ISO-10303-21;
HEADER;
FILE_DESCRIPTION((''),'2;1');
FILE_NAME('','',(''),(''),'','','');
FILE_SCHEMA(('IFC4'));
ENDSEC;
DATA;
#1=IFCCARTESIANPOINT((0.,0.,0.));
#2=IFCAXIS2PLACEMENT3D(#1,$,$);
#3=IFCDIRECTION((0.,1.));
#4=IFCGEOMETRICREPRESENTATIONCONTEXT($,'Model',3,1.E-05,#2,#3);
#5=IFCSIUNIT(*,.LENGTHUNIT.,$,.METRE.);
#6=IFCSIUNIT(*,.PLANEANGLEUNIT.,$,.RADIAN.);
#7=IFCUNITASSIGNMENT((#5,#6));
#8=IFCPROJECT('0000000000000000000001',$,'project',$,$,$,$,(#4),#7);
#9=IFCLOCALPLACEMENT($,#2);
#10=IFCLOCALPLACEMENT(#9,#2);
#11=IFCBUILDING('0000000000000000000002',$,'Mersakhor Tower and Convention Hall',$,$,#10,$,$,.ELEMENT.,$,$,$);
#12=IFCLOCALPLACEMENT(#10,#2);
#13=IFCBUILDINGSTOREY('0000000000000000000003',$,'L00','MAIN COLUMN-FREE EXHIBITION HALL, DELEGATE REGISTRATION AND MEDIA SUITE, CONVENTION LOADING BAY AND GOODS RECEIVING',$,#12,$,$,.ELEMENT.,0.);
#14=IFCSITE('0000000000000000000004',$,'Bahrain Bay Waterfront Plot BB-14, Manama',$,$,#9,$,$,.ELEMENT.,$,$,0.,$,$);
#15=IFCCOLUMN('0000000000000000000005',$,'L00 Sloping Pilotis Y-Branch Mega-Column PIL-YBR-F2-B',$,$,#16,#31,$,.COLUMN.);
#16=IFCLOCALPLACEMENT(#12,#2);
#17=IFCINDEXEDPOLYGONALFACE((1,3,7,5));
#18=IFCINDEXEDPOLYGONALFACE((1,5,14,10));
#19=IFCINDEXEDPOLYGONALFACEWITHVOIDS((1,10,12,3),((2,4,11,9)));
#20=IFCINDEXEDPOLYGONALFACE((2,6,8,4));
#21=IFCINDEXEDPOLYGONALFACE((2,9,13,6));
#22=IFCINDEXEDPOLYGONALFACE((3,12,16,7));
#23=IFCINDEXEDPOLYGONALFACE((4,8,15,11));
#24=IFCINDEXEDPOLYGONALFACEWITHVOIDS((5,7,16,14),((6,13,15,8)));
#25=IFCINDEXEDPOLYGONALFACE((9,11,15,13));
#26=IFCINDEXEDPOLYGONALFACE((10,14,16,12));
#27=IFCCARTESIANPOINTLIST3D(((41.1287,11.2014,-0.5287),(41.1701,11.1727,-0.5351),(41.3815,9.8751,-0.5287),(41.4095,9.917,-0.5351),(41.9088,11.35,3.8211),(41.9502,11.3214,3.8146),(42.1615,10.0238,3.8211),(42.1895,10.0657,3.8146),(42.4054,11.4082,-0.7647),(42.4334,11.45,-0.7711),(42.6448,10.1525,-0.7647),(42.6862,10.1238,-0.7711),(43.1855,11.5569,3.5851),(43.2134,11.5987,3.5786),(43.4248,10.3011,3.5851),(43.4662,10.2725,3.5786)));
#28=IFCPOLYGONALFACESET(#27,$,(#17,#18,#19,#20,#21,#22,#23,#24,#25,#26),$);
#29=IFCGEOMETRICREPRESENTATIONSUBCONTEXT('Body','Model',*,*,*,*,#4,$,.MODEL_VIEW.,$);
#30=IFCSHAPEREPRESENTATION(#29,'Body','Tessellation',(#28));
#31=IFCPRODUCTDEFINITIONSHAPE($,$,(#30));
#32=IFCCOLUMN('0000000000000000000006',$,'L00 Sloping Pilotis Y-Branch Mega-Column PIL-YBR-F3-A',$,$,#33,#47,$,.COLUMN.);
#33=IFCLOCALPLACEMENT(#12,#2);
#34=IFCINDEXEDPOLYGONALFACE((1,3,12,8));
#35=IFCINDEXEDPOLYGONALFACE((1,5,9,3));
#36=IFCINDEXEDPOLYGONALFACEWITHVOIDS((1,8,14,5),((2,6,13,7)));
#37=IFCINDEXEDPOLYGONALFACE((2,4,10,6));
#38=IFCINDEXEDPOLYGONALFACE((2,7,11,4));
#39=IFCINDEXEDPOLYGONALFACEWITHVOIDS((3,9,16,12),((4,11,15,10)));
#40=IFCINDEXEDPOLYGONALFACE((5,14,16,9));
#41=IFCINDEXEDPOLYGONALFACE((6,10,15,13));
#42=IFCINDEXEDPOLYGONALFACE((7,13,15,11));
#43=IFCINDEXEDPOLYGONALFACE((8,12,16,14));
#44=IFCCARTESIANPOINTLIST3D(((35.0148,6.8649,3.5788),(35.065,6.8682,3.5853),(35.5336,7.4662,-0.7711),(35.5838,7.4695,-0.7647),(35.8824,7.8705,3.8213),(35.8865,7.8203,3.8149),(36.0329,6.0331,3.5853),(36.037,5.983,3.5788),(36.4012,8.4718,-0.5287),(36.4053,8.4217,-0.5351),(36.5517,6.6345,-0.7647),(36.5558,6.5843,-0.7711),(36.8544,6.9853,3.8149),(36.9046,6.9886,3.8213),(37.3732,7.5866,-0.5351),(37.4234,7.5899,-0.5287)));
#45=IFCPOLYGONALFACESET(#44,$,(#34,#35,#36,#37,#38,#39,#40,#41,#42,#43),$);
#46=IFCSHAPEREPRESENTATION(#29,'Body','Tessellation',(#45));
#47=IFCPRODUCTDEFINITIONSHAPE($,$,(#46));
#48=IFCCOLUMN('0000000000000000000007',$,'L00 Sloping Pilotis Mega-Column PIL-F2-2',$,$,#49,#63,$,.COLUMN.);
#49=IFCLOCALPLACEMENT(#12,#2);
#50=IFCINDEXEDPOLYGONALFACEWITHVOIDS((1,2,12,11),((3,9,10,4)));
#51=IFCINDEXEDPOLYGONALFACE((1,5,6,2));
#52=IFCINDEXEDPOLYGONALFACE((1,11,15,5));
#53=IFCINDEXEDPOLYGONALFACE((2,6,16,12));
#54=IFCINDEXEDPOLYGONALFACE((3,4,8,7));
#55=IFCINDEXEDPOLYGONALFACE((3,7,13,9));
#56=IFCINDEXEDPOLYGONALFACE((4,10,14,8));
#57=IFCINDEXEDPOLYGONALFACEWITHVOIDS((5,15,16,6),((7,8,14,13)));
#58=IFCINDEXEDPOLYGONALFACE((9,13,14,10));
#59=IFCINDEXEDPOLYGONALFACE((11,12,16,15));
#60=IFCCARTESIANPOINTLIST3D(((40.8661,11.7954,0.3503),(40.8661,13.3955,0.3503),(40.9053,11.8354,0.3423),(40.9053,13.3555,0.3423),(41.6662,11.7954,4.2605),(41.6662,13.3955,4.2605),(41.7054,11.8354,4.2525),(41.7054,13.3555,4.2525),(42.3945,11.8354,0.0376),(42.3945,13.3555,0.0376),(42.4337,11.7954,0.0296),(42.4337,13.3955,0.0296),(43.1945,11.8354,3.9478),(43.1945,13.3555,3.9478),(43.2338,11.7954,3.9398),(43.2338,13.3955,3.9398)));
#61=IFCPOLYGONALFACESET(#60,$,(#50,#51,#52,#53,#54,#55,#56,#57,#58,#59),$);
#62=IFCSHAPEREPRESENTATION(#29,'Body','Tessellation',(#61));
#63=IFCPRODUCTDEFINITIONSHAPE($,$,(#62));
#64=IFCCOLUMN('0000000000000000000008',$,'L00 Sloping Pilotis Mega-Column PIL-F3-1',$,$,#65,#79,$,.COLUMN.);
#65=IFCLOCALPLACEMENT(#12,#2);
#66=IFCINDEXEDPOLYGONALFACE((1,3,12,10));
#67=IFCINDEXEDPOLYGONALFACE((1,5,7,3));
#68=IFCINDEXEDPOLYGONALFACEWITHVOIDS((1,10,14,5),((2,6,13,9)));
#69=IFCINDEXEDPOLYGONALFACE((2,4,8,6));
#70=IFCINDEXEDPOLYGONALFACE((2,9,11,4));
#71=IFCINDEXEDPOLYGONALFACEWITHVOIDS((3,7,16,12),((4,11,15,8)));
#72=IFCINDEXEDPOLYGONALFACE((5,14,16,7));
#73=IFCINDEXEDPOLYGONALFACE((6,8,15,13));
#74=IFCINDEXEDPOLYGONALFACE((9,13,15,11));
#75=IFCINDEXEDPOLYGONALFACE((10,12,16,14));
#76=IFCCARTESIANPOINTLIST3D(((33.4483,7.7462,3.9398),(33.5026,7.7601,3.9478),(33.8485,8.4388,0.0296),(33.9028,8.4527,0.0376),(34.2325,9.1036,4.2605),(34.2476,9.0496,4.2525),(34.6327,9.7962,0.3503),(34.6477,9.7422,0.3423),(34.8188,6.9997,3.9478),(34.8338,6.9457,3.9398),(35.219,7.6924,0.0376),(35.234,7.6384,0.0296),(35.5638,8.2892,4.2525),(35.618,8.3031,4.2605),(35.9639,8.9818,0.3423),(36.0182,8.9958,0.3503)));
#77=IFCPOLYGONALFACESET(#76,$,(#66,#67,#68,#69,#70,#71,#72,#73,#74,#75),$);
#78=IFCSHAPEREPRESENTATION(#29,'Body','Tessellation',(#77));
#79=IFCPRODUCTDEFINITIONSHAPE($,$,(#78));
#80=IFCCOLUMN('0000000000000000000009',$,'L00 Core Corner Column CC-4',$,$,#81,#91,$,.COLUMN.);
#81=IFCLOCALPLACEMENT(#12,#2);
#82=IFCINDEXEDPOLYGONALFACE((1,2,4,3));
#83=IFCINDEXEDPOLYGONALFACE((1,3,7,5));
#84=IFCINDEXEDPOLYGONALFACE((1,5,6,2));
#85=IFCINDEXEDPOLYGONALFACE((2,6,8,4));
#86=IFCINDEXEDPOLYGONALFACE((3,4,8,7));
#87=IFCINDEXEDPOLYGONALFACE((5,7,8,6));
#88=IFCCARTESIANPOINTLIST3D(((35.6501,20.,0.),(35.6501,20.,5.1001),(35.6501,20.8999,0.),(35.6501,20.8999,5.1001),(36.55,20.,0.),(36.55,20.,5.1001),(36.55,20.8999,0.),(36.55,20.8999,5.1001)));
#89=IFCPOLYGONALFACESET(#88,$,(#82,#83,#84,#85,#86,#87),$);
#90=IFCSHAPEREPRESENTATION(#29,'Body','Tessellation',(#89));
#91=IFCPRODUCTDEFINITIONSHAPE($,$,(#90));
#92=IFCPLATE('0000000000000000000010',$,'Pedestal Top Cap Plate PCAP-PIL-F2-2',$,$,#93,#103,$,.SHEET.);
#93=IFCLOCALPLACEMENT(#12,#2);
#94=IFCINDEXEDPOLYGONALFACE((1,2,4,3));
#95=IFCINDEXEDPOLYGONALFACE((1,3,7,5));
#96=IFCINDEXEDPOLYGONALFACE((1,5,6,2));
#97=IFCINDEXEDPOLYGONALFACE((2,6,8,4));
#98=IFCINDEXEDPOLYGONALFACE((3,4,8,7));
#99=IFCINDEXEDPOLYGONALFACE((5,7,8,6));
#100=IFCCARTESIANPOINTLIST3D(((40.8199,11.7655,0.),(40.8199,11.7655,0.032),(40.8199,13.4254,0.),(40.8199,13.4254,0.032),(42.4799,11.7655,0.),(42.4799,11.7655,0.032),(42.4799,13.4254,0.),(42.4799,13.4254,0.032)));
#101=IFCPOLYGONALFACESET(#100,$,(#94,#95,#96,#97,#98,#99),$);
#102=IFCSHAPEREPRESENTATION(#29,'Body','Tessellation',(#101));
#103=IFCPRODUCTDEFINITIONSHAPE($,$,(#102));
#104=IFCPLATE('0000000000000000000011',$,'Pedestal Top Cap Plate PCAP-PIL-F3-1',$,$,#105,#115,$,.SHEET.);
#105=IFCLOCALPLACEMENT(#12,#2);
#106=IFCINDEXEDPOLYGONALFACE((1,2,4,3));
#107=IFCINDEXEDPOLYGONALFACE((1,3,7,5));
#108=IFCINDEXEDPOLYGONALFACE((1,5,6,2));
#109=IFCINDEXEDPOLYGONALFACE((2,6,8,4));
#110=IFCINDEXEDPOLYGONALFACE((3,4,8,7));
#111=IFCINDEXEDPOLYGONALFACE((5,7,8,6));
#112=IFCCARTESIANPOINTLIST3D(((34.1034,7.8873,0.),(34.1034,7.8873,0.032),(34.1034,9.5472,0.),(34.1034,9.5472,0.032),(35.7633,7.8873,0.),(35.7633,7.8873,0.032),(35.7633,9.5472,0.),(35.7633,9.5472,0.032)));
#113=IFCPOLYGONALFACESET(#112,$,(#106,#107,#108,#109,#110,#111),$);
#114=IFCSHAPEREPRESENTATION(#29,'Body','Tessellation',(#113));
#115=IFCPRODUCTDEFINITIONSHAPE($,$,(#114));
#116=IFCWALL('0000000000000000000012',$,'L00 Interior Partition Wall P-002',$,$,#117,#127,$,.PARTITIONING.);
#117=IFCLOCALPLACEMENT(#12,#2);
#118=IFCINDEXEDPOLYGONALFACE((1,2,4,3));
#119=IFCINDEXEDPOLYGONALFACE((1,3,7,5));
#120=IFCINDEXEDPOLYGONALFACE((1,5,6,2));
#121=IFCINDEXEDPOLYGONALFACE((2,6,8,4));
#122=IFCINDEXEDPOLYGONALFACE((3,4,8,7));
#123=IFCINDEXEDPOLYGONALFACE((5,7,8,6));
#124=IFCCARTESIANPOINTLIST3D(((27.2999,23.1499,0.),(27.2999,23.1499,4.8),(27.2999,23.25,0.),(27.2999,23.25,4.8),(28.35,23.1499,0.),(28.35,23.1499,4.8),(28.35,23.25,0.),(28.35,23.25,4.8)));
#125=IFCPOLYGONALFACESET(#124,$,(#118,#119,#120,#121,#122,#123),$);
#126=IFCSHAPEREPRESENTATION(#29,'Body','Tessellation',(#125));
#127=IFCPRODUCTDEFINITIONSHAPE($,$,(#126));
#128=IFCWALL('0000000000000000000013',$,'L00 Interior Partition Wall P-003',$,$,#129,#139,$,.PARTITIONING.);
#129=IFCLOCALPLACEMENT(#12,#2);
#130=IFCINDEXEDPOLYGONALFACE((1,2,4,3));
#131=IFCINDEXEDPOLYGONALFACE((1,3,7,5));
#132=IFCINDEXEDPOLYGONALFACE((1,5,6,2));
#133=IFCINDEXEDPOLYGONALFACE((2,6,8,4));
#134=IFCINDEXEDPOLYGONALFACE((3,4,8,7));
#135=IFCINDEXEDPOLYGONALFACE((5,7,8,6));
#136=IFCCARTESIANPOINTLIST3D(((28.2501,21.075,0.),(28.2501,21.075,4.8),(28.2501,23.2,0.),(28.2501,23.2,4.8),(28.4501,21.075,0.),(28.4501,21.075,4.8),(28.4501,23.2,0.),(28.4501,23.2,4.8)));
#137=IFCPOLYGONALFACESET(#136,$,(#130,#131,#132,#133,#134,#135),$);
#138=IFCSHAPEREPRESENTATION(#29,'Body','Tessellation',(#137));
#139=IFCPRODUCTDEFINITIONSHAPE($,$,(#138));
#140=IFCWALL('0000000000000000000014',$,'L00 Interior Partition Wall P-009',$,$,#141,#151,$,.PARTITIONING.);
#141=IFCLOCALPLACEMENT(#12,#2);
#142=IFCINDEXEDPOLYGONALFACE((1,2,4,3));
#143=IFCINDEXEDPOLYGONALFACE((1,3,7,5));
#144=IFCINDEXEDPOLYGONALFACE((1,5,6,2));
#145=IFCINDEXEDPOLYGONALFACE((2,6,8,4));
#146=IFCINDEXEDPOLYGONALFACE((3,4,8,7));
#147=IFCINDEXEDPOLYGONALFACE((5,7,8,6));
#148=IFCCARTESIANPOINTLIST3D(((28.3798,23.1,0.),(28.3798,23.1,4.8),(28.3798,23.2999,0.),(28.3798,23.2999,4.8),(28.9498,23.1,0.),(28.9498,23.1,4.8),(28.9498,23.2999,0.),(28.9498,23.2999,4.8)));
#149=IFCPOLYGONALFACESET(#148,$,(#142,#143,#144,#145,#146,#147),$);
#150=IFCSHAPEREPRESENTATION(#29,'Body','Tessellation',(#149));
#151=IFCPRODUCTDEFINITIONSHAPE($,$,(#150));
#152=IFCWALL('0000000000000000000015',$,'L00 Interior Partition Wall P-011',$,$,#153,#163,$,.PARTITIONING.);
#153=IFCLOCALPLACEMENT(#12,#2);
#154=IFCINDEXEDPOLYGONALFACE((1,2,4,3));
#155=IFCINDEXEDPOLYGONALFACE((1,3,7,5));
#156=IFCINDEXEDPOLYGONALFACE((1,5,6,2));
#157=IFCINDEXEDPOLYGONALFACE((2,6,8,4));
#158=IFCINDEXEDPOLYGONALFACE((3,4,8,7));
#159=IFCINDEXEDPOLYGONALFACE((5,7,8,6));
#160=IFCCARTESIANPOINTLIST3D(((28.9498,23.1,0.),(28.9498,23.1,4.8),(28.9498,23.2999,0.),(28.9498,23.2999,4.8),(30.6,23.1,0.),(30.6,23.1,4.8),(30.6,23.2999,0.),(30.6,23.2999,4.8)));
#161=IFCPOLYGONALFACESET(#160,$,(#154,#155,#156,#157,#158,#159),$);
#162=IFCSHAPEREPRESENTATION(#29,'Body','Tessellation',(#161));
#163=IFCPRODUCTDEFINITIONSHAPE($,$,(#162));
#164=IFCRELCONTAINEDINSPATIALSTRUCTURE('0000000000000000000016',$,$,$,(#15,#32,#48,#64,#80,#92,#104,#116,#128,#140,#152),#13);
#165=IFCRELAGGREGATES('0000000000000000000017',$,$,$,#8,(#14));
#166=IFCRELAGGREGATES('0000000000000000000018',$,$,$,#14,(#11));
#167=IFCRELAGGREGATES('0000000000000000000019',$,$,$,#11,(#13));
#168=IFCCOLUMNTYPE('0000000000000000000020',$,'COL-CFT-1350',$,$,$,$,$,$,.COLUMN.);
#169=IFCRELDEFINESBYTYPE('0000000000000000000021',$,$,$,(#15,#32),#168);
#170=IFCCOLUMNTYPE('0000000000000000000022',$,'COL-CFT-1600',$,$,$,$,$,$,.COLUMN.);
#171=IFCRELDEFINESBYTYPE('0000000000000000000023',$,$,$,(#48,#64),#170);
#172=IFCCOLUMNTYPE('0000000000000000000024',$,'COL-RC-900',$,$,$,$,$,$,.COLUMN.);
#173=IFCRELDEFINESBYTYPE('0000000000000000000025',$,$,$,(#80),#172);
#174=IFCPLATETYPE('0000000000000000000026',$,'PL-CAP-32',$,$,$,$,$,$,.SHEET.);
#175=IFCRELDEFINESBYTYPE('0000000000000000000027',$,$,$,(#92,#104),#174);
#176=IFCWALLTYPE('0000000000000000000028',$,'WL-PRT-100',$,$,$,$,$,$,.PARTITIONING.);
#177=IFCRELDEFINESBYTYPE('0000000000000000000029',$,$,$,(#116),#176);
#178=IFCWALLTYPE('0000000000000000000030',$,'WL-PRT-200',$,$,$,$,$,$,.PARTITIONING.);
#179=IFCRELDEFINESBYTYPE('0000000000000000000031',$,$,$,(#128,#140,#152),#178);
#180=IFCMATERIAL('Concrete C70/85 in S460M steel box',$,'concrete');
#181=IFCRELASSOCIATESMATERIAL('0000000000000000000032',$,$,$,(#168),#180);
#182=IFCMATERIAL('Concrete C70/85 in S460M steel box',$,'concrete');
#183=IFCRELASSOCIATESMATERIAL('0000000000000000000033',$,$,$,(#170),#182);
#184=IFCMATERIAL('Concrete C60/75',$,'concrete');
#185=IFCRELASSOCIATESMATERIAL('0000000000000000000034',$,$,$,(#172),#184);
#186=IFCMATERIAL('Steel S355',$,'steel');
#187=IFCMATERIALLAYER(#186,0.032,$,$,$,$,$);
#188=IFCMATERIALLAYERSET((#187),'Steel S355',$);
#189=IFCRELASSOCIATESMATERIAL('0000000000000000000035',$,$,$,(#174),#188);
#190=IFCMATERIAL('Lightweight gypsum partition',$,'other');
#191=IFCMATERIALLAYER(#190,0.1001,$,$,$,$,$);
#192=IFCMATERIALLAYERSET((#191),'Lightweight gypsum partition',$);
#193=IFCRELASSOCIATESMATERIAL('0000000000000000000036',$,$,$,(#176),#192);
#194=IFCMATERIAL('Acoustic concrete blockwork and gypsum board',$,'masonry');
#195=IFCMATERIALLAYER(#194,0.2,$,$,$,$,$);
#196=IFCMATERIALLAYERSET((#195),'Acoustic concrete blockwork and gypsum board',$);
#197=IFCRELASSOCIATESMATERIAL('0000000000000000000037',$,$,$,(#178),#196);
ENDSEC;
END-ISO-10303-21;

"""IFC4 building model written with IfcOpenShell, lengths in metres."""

from ifc_helpers import new_model, si_unit, direction, frame, frame_2d, origin, origin_2d, place, context, subcontext, project, spatial, rectangle, hollow_rectangle, extrude, material, layer, layer_set, material_profile, profile_set, type_object, element, save


model = new_model("IFC4")

# Units and contexts
model_context = context("Model", 3, precision=1e-05, world=origin(), true_north=direction((0.0, 1.0)))
body_context = subcontext(model_context, "Body", "Model", "MODEL_VIEW")
ifc_project = project(units=[si_unit("LENGTHUNIT", "METRE"), si_unit("PLANEANGLEUNIT", "RADIAN")], contexts=[model_context])

# Site, building, storey
site_placement = place(None, origin())
site = spatial("IfcSite", under=ifc_project, at=site_placement, Name="Bahrain Bay Waterfront Plot BB-14, Manama", CompositionType="ELEMENT", RefElevation=0.0)
building_placement = place(site_placement, origin())
building = spatial("IfcBuilding", under=site, at=building_placement, Name="Mersakhor Tower and Convention Hall", CompositionType="ELEMENT")
storey_placement = place(building_placement, origin())
storey = spatial("IfcBuildingStorey", under=building, at=storey_placement, Name="L00", Description="MAIN COLUMN-FREE EXHIBITION HALL, DELEGATE REGISTRATION AND MEDIA SUITE, CONVENTION LOADING BAY AND GOODS RECEIVING", CompositionType="ELEMENT", Elevation=0.0)

# Columns
ifc_material_1 = material(Name="Concrete C70/85 in S460M steel box", Category="concrete")
ifc_material_profile_1 = material_profile(ifc_material_1, hollow_rectangle(XDim=1.3501, YDim=1.3501, WallThickness=0.0359, at=origin_2d()), Name="SHS 1350x1350x36")
ifc_profile_set_1 = profile_set([ifc_material_profile_1], Name="Concrete C70/85 in S460M steel box")
column_type_1 = type_object("IfcColumnType", Name="COL-CFT-1350", PredefinedType="COLUMN", material=ifc_profile_set_1)
column_1_placement = place(storey_placement, frame((41.9075, 10.6626, -0.6499), z_axis=(0.176408, 0.033625, 0.983743), x_axis=(-0.187239, 0.982314, 0.0)))
element("IfcColumn", 1, at=column_1_placement, inside=storey, type_object=column_type_1, Name="L00 Sloping Pilotis Y-Branch Mega-Column PIL-YBR-F2-B", PredefinedType="COLUMN", context=body_context, shape_type="SweptSolid", body=[
    extrude(hollow_rectangle(XDim=1.3501, YDim=1.3501, WallThickness=0.0359, at=origin_2d()), origin(), (0.0, 0.0, 1.0), 4.4216),
])
column_2_placement = place(storey_placement, frame((36.4785, 7.5281, -0.6499), z_axis=(-0.117329, -0.135991, 0.983738), x_axis=(0.757148, -0.653244, 0.0)))
element("IfcColumn", 2, at=column_2_placement, inside=storey, type_object=column_type_1, Name="L00 Sloping Pilotis Y-Branch Mega-Column PIL-YBR-F3-A", PredefinedType="COLUMN", context=body_context, shape_type="SweptSolid", body=[
    extrude(hollow_rectangle(XDim=1.3501, YDim=1.3501, WallThickness=0.0359, at=origin_2d()), origin(), (0.0, 0.0, 1.0), 4.4219),
])
ifc_material_2 = material(Name="Concrete C70/85 in S460M steel box", Category="concrete")
ifc_material_profile_2 = material_profile(ifc_material_2, hollow_rectangle(XDim=1.6001, YDim=1.6001, WallThickness=0.04, at=origin_2d()), Name="SHS 1600x1600x40")
ifc_profile_set_2 = profile_set([ifc_material_profile_2], Name="Concrete C70/85 in S460M steel box")
column_type_2 = type_object("IfcColumnType", Name="COL-CFT-1600", PredefinedType="COLUMN", material=ifc_profile_set_2)
for number, where, z_axis, x_axis, name in (
    (3, (41.6499, 12.5955, 0.1899), (0.200455, 0.0, 0.979703), (0.0, 1.0, 0.0), "L00 Sloping Pilotis Mega-Column PIL-F2-2"),
    (4, (34.9333, 8.7173, 0.1899), (-0.100259, -0.173541, 0.97971), (0.865886, -0.500242, 0.0), "L00 Sloping Pilotis Mega-Column PIL-F3-1"),
):
    element("IfcColumn", number, at=place(storey_placement, frame(where, z_axis=z_axis, x_axis=x_axis)), inside=storey, type_object=column_type_2, Name=name, PredefinedType="COLUMN", context=body_context, shape_type="SweptSolid", body=[
        extrude(hollow_rectangle(XDim=1.6001, YDim=1.6001, WallThickness=0.04, at=origin_2d()), origin(), (0.0, 0.0, 1.0), 3.9912),
    ])
ifc_material_3 = material(Name="Concrete C60/75", Category="concrete")
ifc_material_profile_3 = material_profile(ifc_material_3, rectangle(XDim=0.8999, YDim=0.8999, at=origin_2d()), Name="RC 900x900")
ifc_profile_set_3 = profile_set([ifc_material_profile_3], Name="Concrete C60/75")
column_type_3 = type_object("IfcColumnType", Name="COL-RC-900", PredefinedType="COLUMN", material=ifc_profile_set_3)
column_3_placement = place(storey_placement, frame((36.1001, 20.45, 0.0), z_axis=(0.0, 0.0, 1.0), x_axis=(1.0, 0.0, 0.0)))
element("IfcColumn", 5, at=column_3_placement, inside=storey, type_object=column_type_3, Name="L00 Core Corner Column CC-4", PredefinedType="COLUMN", context=body_context, shape_type="SweptSolid", body=[
    extrude(rectangle(XDim=0.8999, YDim=0.8999, at=origin_2d()), origin(), (0.0, 0.0, 1.0), 5.1001),
])

# Plates
ifc_material_4 = material(Name="Steel S355", Category="steel")
ifc_layer_1 = layer(ifc_material_4, 0.032)
ifc_layer_set_1 = layer_set([ifc_layer_1], Name="Steel S355")
plate_type = type_object("IfcPlateType", Name="PL-CAP-32", PredefinedType="SHEET", material=ifc_layer_set_1)
for number, where, z_axis, x_axis, name in (
    (6, (41.6499, 12.5955, 0.0), (0.0, 0.0, 1.0), (1.0, 0.0, 0.0), "Pedestal Top Cap Plate PCAP-PIL-F2-2"),
    (7, (34.9333, 8.7173, 0.0), (0.0, 0.0, 1.0), (1.0, 0.0, 0.0), "Pedestal Top Cap Plate PCAP-PIL-F3-1"),
):
    element("IfcPlate", number, at=place(storey_placement, frame(where, z_axis=z_axis, x_axis=x_axis)), inside=storey, type_object=plate_type, Name=name, PredefinedType="SHEET", context=body_context, shape_type="SweptSolid", body=[
        extrude(rectangle(XDim=1.6599, YDim=1.6599, at=origin_2d()), origin(), (0.0, 0.0, 1.0), 0.032),
    ])

# Walls
ifc_material_5 = material(Name="Lightweight gypsum partition", Category="other")
ifc_layer_2 = layer(ifc_material_5, 0.1001)
ifc_layer_set_2 = layer_set([ifc_layer_2], Name="Lightweight gypsum partition")
wall_type_1 = type_object("IfcWallType", Name="WL-PRT-100", PredefinedType="PARTITIONING", material=ifc_layer_set_2)
wall_1_placement = place(storey_placement, frame((27.3, 23.2, 0.0), z_axis=(0.0, 0.0, 1.0), x_axis=(1.0, 0.0, 0.0)))
element("IfcWall", 8, at=wall_1_placement, inside=storey, type_object=wall_type_1, Name="L00 Interior Partition Wall P-002", PredefinedType="PARTITIONING", context=body_context, shape_type="SweptSolid", body=[
    extrude(rectangle(XDim=1.05, YDim=0.1001, at=frame_2d((0.5249, 0.0))), origin(), (0.0, 0.0, 1.0), 4.8),
])
ifc_material_6 = material(Name="Acoustic concrete blockwork and gypsum board", Category="masonry")
ifc_layer_3 = layer(ifc_material_6, 0.2)
ifc_layer_set_3 = layer_set([ifc_layer_3], Name="Acoustic concrete blockwork and gypsum board")
wall_type_2 = type_object("IfcWallType", Name="WL-PRT-200", PredefinedType="PARTITIONING", material=ifc_layer_set_3)
wall_2_placement = place(storey_placement, frame((28.3501, 23.2, 0.0), z_axis=(0.0, 0.0, 1.0), x_axis=(0.0, -1.0, 0.0)))
element("IfcWall", 9, at=wall_2_placement, inside=storey, type_object=wall_type_2, Name="L00 Interior Partition Wall P-003", PredefinedType="PARTITIONING", context=body_context, shape_type="SweptSolid", body=[
    extrude(rectangle(XDim=2.125, YDim=0.2, at=frame_2d((1.0625, 0.0))), origin(), (0.0, 0.0, 1.0), 4.8),
])
wall_3_placement = place(storey_placement, frame((28.95, 23.2, 0.0), z_axis=(0.0, 0.0, 1.0), x_axis=(-1.0, 0.0, 0.0)))
element("IfcWall", 10, at=wall_3_placement, inside=storey, type_object=wall_type_2, Name="L00 Interior Partition Wall P-009", PredefinedType="PARTITIONING", context=body_context, shape_type="SweptSolid", body=[
    extrude(rectangle(XDim=0.5701, YDim=0.2, at=frame_2d((0.2852, 0.0))), origin(), (0.0, 0.0, 1.0), 4.8),
])
wall_4_placement = place(storey_placement, frame((30.6001, 23.2, 0.0), z_axis=(0.0, 0.0, 1.0), x_axis=(-1.0, 0.0, 0.0)))
element("IfcWall", 11, at=wall_4_placement, inside=storey, type_object=wall_type_2, Name="L00 Interior Partition Wall P-011", PredefinedType="PARTITIONING", context=body_context, shape_type="SweptSolid", body=[
    extrude(rectangle(XDim=1.6501, YDim=0.2, at=frame_2d((0.8252, 0.0))), origin(), (0.0, 0.0, 1.0), 4.8),
])

save(model, "model.ifc")
